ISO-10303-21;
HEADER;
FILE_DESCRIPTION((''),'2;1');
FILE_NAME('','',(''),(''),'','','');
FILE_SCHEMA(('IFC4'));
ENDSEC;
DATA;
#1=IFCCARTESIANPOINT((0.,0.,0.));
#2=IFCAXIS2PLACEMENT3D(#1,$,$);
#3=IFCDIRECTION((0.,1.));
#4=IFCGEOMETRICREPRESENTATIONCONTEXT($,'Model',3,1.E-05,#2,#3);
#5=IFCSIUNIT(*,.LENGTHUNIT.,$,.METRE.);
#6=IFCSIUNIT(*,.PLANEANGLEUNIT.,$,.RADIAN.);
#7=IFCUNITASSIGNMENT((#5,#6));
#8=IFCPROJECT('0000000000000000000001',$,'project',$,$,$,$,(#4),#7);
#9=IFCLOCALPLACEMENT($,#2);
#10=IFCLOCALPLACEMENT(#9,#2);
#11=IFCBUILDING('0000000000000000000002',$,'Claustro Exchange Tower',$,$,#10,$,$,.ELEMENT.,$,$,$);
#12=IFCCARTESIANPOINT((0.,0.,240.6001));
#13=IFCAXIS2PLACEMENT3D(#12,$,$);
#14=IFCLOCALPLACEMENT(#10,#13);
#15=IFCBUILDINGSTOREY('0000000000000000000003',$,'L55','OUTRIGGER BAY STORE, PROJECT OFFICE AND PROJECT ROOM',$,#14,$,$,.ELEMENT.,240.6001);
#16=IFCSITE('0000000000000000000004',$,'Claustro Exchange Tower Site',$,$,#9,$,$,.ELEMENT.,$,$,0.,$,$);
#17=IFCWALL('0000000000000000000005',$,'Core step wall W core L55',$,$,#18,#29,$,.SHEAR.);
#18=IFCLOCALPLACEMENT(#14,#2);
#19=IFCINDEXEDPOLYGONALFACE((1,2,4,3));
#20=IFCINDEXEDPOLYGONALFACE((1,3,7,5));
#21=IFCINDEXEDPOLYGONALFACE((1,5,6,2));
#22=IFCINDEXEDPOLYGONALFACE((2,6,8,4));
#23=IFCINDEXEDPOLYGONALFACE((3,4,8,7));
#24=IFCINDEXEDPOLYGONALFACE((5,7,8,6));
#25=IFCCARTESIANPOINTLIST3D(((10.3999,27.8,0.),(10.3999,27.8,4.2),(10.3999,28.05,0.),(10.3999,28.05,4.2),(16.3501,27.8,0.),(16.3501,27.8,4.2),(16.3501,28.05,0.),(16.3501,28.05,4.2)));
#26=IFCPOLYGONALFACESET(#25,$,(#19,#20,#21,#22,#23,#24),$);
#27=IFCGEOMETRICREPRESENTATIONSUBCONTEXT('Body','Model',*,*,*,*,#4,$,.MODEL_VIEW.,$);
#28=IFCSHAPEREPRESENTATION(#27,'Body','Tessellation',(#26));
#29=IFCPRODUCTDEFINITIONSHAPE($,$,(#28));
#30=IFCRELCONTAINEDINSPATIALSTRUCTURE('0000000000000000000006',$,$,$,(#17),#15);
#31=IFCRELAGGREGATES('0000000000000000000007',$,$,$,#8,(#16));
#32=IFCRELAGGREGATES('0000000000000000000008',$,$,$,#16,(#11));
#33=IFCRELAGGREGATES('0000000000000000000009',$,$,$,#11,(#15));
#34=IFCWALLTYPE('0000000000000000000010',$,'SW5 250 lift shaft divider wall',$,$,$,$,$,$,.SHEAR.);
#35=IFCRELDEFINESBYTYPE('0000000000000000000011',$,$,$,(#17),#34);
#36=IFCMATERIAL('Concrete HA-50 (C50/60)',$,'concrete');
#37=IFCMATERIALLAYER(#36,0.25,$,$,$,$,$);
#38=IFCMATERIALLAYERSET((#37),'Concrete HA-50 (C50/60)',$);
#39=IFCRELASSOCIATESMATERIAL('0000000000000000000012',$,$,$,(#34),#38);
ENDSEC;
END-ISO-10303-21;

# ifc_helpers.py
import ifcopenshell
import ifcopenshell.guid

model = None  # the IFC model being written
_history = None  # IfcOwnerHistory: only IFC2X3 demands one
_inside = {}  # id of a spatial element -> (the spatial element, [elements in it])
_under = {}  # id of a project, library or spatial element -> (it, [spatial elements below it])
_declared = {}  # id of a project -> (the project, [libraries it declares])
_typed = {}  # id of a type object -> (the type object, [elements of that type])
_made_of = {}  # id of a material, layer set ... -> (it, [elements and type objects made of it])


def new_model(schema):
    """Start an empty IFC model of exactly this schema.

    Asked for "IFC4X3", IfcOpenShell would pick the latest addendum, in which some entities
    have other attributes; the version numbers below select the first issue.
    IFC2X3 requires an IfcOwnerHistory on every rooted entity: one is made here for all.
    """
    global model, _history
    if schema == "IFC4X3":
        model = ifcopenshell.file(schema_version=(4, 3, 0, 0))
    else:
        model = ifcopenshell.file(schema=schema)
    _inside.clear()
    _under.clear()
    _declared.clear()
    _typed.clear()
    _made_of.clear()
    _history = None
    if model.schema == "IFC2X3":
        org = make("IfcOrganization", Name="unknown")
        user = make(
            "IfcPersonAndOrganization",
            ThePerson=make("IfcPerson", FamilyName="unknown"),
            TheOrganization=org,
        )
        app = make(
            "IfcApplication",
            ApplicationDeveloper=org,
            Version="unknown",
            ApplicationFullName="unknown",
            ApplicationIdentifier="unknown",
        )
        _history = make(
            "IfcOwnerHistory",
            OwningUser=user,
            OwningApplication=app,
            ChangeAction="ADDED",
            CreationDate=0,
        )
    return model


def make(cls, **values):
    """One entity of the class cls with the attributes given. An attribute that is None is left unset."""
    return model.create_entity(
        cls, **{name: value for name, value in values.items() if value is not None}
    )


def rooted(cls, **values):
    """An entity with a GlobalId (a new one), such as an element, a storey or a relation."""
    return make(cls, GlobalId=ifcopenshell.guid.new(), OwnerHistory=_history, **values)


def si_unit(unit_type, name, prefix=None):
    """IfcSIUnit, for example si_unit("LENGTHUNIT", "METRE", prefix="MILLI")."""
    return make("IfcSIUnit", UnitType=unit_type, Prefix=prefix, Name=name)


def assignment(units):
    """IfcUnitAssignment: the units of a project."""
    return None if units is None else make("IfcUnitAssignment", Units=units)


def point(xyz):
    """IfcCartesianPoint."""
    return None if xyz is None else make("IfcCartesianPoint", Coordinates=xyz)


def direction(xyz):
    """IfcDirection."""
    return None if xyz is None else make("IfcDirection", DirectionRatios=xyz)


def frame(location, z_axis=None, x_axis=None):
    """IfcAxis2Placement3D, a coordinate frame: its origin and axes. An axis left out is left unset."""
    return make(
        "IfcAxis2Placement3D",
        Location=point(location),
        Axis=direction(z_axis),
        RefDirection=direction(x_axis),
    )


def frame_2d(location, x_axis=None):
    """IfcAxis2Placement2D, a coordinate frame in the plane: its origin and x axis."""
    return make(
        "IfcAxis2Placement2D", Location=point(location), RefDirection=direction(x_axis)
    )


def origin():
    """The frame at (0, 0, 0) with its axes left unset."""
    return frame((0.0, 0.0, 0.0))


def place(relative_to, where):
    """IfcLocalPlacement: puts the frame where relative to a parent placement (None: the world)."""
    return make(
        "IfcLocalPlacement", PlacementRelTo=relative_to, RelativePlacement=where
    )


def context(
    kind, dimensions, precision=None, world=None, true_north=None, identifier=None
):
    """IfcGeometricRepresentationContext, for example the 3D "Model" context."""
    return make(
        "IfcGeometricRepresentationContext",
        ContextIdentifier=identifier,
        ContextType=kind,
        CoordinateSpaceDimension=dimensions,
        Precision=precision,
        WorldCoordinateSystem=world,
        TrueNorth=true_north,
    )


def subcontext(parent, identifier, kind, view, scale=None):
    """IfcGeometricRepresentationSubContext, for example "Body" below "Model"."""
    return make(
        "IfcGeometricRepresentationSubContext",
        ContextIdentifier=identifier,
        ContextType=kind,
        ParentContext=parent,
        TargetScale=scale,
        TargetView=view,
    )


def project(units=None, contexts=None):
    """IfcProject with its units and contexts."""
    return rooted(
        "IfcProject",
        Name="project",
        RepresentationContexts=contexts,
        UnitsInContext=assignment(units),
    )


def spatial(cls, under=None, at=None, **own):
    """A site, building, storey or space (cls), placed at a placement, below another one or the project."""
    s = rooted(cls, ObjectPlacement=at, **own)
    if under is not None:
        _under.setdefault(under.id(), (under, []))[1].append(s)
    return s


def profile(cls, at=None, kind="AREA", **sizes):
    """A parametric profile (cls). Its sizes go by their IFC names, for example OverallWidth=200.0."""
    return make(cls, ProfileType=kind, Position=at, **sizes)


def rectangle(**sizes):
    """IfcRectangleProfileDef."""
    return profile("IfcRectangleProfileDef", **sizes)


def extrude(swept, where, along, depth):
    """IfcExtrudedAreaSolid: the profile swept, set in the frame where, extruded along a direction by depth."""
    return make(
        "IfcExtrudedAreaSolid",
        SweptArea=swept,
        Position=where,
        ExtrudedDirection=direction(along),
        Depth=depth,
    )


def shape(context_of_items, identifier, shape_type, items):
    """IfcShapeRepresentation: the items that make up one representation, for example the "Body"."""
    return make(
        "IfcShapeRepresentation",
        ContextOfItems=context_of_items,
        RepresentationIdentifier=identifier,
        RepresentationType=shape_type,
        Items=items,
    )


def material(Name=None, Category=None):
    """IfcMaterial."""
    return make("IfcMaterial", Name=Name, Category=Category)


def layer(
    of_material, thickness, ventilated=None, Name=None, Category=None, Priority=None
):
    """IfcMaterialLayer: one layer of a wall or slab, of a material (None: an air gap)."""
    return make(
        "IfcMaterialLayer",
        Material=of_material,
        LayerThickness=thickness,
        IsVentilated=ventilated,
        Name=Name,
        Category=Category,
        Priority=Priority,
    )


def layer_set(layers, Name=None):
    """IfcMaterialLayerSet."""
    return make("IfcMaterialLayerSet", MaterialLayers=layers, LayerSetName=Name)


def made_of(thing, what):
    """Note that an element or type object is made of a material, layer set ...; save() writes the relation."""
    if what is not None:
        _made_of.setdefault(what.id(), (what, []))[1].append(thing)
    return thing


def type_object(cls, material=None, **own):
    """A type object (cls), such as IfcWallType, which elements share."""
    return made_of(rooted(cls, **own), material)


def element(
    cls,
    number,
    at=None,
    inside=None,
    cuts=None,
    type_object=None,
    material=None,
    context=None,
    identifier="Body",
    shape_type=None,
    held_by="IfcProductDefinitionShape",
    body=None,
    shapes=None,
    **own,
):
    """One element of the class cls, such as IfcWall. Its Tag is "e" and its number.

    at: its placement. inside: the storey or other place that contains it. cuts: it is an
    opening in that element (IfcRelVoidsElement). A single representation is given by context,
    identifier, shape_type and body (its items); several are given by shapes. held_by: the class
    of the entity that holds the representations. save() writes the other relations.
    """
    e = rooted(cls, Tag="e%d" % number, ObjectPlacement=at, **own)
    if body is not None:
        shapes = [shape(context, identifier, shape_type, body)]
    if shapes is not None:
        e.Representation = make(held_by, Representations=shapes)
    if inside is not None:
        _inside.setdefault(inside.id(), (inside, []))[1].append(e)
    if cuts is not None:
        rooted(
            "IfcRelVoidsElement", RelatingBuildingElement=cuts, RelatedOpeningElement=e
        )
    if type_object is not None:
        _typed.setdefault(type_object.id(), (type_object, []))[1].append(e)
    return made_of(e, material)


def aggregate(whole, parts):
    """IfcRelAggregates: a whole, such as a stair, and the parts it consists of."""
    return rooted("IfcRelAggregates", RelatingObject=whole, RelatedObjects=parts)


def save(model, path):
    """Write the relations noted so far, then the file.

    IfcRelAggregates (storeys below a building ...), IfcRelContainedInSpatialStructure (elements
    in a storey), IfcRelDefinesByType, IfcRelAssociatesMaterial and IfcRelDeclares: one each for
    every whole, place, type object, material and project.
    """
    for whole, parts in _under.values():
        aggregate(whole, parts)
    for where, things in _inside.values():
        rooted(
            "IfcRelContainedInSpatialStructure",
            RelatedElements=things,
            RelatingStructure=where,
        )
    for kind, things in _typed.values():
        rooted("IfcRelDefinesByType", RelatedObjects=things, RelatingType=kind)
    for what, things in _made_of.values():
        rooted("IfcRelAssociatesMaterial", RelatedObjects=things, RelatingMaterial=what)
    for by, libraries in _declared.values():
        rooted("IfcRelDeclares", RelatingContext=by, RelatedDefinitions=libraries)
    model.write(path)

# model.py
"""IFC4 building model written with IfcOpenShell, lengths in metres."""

from ifc_helpers import new_model, si_unit, direction, frame, frame_2d, origin, place, context, subcontext, project, spatial, rectangle, extrude, material, layer, layer_set, type_object, element, save


model = new_model("IFC4")

# Units and contexts
model_context = context("Model", 3, precision=1e-05, world=origin(), true_north=direction((0.0, 1.0)))
body_context = subcontext(model_context, "Body", "Model", "MODEL_VIEW")
ifc_project = project(units=[si_unit("LENGTHUNIT", "METRE"), si_unit("PLANEANGLEUNIT", "RADIAN")], contexts=[model_context])

# Site, building, storey
site_placement = place(None, origin())
site = spatial("IfcSite", under=ifc_project, at=site_placement, Name="Claustro Exchange Tower Site", CompositionType="ELEMENT", RefElevation=0.0)
building_placement = place(site_placement, origin())
building = spatial("IfcBuilding", under=site, at=building_placement, Name="Claustro Exchange Tower", CompositionType="ELEMENT")
storey_placement = place(building_placement, frame((0.0, 0.0, 240.6001)))
storey = spatial("IfcBuildingStorey", under=building, at=storey_placement, Name="L55", Description="OUTRIGGER BAY STORE, PROJECT OFFICE AND PROJECT ROOM", CompositionType="ELEMENT", Elevation=240.6001)

# Wall
ifc_material_1 = material(Name="Concrete HA-50 (C50/60)", Category="concrete")
ifc_layer_1 = layer(ifc_material_1, 0.25)
ifc_layer_set_1 = layer_set([ifc_layer_1], Name="Concrete HA-50 (C50/60)")
wall_type_1 = type_object("IfcWallType", Name="SW5 250 lift shaft divider wall", PredefinedType="SHEAR", material=ifc_layer_set_1)
wall_1_placement = place(storey_placement, frame((10.3999, 27.925, 0.0), z_axis=(0.0, 0.0, 1.0), x_axis=(1.0, 0.0, 0.0)))
element("IfcWall", 1, at=wall_1_placement, inside=storey, type_object=wall_type_1, Name="Core step wall W core L55", PredefinedType="SHEAR", context=body_context, shape_type="SweptSolid", body=[
    extrude(rectangle(XDim=5.9502, YDim=0.25, at=frame_2d((2.9751, 0.0))), origin(), (0.0, 0.0, 1.0), 4.2),
])

save(model, "model.ifc")
